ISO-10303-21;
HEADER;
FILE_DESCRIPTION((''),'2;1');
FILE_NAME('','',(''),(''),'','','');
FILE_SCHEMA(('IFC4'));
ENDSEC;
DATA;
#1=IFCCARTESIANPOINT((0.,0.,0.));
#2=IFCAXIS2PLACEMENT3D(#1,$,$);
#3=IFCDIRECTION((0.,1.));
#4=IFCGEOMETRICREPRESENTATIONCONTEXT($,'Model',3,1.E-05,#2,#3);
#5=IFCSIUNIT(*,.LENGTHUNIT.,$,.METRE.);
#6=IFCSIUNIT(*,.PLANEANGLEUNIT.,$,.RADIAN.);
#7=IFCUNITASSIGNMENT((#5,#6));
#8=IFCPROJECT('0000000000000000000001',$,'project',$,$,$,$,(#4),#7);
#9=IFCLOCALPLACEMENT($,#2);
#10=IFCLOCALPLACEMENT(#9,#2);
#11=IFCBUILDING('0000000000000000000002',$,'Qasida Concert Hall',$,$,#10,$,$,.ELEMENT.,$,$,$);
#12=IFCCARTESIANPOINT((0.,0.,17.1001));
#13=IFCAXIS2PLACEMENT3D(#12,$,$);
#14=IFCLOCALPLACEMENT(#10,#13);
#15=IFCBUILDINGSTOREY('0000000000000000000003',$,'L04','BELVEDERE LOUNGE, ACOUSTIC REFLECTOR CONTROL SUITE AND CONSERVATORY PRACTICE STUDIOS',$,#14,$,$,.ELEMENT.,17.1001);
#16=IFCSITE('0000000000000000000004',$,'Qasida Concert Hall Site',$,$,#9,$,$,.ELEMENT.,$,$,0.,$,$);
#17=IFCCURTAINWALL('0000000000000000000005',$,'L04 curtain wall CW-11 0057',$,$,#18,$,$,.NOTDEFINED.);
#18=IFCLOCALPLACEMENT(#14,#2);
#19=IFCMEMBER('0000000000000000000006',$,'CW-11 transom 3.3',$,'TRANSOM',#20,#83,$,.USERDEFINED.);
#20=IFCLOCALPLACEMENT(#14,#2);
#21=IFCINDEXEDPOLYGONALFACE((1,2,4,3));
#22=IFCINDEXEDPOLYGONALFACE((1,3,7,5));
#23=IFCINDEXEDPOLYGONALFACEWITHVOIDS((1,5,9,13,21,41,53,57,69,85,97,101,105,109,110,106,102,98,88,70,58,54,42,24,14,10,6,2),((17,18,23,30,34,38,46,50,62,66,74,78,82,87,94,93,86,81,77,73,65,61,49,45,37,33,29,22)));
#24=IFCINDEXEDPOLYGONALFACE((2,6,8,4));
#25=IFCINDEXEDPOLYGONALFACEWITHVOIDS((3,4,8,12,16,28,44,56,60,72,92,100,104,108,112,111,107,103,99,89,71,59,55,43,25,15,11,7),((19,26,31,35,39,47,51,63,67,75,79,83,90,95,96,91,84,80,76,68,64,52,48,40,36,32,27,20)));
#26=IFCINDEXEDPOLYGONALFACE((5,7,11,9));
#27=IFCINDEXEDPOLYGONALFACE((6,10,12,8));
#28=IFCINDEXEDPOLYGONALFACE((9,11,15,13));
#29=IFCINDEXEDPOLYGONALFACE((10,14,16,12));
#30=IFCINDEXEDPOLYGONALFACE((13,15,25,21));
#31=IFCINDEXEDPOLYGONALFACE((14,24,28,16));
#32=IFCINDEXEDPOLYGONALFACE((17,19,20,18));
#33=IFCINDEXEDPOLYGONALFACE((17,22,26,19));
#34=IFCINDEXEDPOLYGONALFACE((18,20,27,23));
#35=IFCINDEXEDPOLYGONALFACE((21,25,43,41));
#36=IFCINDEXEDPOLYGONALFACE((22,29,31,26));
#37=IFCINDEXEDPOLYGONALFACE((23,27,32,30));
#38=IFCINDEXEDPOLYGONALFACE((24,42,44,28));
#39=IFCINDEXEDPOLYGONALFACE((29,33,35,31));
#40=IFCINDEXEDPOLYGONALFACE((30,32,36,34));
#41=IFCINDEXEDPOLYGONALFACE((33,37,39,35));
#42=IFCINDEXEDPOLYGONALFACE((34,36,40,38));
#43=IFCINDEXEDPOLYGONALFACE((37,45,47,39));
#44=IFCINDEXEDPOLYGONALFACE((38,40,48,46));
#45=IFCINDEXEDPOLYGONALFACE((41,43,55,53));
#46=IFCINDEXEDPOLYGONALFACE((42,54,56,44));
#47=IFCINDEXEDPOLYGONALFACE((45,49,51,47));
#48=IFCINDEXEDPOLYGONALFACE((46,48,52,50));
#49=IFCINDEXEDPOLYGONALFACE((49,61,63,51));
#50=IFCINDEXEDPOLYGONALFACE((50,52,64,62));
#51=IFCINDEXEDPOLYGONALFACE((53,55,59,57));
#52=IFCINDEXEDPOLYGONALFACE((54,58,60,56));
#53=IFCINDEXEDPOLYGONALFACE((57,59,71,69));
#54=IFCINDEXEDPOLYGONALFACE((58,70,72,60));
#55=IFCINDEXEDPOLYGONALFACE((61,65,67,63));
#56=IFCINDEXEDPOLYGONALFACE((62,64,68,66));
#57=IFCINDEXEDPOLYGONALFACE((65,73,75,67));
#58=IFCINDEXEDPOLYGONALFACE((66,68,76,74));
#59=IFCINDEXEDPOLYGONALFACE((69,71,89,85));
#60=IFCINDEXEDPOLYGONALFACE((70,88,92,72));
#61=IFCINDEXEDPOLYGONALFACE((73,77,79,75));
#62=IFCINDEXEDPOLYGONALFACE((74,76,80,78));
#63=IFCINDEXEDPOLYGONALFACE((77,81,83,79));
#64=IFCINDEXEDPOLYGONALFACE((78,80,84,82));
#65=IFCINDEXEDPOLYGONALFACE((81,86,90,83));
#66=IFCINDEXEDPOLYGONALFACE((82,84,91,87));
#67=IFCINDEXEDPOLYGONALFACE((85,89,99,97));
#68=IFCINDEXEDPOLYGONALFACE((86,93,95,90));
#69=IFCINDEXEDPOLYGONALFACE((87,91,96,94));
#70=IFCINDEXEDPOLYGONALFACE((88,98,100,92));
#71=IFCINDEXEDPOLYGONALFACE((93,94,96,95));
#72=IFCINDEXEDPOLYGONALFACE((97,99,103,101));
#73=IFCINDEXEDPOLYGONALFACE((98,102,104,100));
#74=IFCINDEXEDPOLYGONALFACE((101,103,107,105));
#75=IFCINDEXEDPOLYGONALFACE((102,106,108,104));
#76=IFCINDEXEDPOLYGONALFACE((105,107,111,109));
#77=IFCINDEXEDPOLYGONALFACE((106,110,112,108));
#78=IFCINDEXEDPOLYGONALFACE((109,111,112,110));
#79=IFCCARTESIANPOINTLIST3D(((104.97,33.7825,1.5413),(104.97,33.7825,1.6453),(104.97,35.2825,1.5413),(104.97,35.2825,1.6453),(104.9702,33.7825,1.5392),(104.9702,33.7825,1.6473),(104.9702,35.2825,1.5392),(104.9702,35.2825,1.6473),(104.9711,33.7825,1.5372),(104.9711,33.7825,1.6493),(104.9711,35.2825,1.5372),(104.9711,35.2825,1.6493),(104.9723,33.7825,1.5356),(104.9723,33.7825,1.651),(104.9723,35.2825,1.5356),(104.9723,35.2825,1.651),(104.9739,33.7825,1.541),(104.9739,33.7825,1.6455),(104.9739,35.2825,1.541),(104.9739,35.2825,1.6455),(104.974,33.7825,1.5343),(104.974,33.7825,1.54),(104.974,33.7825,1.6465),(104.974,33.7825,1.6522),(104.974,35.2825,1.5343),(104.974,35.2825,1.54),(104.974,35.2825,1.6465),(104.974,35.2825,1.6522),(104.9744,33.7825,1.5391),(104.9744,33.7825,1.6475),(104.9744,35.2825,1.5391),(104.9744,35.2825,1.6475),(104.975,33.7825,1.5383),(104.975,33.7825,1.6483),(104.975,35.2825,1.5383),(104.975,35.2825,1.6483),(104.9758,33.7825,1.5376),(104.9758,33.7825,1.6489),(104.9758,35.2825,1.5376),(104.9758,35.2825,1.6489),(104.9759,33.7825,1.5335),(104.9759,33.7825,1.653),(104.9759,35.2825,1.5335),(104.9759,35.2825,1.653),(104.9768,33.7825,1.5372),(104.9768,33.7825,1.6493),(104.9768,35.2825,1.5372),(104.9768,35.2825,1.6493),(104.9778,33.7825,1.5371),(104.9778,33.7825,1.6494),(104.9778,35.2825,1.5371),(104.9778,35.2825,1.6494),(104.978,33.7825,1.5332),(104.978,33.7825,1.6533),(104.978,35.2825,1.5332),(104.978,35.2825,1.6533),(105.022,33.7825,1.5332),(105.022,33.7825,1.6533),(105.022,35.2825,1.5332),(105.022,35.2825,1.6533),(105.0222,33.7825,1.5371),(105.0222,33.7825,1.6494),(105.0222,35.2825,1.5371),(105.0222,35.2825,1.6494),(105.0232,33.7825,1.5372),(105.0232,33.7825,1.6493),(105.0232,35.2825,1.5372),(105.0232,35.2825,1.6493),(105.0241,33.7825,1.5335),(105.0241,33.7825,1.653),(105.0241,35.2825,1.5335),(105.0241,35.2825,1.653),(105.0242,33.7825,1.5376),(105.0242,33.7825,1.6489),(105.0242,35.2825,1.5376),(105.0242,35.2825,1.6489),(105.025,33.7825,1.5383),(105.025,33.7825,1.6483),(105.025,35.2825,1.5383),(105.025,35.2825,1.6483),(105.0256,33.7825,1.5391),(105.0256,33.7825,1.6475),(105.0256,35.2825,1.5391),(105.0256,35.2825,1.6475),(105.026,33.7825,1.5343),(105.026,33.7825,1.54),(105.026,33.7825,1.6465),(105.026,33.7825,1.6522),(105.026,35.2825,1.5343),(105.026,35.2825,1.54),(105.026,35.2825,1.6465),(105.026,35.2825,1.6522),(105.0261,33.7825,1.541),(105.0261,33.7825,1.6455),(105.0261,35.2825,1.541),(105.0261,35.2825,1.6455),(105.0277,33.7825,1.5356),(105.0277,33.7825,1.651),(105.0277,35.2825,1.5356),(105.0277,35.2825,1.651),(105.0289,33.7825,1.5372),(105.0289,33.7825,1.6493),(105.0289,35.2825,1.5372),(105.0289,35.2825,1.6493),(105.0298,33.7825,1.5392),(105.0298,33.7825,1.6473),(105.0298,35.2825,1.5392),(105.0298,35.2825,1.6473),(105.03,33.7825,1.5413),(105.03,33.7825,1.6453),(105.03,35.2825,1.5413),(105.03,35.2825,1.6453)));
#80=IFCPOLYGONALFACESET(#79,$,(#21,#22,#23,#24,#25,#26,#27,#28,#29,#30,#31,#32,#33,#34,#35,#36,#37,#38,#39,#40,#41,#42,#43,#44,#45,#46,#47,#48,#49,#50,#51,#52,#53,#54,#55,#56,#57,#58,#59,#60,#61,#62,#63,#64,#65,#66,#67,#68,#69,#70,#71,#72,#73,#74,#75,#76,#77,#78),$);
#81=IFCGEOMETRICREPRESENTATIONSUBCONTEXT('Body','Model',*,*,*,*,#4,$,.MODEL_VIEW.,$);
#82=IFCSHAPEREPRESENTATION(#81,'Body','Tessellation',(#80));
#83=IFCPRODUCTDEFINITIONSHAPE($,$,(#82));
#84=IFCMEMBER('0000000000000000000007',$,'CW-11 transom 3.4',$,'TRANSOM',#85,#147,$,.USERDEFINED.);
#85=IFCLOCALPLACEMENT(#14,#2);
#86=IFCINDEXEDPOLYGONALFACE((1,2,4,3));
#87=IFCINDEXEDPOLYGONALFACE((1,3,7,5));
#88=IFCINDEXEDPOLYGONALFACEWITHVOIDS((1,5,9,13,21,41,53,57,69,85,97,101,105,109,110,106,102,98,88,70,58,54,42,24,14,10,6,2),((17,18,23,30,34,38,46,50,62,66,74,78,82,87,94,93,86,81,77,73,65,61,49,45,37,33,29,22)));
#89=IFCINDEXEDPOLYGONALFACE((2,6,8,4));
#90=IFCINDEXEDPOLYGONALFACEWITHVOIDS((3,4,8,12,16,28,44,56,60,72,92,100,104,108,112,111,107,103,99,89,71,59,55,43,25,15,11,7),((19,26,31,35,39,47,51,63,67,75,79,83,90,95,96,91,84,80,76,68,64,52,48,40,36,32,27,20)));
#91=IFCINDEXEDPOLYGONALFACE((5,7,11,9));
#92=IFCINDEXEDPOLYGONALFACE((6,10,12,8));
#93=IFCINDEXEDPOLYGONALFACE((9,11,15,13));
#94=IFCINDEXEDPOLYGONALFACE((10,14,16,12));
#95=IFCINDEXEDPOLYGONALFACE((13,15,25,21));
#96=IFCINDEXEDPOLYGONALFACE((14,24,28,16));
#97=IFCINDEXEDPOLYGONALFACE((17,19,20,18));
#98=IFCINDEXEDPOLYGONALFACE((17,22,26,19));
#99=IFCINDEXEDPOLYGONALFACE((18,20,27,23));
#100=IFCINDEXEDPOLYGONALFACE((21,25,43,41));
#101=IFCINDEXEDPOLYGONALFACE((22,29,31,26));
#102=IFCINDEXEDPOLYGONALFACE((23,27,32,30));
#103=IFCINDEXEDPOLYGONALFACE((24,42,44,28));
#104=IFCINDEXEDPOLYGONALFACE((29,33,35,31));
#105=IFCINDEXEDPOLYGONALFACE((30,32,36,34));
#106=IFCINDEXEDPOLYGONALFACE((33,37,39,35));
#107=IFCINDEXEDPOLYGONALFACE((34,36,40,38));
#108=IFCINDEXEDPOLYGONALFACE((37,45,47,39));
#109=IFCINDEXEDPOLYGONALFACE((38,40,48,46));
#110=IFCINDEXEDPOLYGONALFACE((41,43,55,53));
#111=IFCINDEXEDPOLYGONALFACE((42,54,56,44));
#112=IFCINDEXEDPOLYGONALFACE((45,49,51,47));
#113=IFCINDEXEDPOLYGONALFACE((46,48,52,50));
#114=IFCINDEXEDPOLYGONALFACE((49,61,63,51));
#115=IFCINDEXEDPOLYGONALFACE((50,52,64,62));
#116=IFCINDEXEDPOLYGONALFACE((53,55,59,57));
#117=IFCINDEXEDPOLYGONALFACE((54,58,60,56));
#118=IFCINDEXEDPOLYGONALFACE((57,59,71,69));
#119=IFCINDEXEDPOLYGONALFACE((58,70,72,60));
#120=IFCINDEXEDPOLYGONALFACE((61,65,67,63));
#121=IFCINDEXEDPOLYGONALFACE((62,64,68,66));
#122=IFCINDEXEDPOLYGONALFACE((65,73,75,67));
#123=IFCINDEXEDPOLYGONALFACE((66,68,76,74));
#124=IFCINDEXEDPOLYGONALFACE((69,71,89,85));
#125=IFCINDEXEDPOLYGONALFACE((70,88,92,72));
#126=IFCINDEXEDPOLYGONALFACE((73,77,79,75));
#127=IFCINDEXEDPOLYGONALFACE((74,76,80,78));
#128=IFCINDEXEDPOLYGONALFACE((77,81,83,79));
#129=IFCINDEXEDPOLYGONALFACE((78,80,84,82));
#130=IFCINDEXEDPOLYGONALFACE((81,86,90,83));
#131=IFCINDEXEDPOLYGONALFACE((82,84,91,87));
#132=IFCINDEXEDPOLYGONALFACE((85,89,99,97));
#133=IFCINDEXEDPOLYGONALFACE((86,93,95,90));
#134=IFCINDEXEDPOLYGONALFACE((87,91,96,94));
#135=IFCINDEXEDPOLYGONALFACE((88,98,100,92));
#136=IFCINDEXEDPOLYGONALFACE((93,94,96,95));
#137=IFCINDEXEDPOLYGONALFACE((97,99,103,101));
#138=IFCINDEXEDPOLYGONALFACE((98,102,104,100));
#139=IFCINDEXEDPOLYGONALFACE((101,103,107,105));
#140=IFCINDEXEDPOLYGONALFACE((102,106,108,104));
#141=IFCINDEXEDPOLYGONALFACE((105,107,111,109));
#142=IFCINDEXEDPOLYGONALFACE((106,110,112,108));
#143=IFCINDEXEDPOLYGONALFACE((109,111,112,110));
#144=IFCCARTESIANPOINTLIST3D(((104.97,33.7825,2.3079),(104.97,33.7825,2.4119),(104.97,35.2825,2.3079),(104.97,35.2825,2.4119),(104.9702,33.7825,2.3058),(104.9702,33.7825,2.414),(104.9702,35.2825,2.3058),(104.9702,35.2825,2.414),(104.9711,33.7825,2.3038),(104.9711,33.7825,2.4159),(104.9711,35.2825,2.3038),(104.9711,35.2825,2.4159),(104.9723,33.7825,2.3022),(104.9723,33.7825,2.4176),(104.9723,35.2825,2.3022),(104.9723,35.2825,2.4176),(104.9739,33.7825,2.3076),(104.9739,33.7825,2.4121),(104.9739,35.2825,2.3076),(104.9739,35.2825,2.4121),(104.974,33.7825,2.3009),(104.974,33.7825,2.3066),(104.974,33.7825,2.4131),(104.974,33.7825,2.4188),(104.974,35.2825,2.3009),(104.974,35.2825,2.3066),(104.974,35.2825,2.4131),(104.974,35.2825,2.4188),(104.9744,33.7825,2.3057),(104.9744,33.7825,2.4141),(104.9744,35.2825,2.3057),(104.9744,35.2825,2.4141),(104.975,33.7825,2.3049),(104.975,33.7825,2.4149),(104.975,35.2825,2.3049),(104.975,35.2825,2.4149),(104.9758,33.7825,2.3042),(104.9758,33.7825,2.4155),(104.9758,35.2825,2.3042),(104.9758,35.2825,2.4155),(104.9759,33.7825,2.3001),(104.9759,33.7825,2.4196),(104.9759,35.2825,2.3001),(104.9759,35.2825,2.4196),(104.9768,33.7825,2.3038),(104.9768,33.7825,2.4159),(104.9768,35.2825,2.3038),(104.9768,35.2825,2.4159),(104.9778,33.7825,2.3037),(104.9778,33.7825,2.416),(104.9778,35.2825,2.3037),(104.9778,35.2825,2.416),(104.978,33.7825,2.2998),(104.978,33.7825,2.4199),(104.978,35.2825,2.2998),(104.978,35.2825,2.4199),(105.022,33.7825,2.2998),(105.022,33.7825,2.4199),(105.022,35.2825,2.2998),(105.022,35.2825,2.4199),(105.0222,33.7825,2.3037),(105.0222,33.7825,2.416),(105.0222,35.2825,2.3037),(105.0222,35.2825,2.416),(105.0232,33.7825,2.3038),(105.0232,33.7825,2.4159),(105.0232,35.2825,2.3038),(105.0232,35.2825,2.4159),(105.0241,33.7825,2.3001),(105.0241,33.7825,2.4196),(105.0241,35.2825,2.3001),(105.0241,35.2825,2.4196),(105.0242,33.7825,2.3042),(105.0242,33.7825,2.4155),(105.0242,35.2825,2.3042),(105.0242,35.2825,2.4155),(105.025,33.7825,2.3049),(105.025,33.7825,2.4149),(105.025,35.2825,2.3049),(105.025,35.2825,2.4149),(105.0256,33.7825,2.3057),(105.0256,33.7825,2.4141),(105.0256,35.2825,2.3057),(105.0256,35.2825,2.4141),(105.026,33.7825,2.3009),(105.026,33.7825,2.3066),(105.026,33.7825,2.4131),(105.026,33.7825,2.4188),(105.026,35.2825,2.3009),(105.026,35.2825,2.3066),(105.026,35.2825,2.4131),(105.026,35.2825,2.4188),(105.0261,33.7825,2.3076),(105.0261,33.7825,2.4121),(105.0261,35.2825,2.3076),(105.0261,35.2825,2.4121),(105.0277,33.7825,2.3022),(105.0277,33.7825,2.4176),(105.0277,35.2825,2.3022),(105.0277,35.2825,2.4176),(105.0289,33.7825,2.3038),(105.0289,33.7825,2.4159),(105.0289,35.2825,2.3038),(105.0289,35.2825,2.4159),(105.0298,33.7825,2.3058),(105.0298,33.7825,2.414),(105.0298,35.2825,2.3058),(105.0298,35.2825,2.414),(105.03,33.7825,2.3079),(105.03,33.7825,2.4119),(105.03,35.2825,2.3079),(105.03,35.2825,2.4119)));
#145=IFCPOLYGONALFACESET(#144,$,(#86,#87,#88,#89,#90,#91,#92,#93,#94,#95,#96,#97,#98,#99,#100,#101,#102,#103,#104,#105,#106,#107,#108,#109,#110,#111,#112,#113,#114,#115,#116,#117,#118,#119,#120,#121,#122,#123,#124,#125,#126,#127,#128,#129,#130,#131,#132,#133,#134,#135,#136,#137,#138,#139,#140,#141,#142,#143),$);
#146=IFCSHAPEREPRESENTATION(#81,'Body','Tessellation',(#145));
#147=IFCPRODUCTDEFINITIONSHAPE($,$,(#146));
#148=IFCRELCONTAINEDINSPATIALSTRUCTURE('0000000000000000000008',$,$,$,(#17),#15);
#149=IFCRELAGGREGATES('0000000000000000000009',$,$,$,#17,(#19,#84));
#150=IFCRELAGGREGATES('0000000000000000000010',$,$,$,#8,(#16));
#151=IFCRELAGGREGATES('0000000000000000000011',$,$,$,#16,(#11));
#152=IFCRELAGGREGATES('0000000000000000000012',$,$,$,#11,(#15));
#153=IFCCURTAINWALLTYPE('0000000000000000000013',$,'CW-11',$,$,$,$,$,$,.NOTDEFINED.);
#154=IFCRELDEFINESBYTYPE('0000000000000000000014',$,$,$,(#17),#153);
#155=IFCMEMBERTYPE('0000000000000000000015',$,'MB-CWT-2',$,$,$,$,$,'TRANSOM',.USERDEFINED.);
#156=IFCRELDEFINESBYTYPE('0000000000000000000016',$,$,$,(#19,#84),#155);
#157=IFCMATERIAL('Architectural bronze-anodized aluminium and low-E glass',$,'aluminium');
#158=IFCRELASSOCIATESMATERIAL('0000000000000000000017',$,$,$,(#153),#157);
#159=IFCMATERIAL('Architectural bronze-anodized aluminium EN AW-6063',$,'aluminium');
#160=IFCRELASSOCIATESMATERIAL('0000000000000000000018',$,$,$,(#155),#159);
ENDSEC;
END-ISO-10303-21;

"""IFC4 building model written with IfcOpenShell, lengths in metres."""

from ifc_helpers import new_model, si_unit, direction, frame, origin, origin_2d, place, context, subcontext, project, spatial, hollow_rectangle, extrude, material, material_profile, profile_set, type_object, element, aggregate, save


model = new_model("IFC4")

# Units and contexts
model_context = context("Model", 3, precision=1e-05, world=origin(), true_north=direction((0.0, 1.0)))
body_context = subcontext(model_context, "Body", "Model", "MODEL_VIEW")
ifc_project = project(units=[si_unit("LENGTHUNIT", "METRE"), si_unit("PLANEANGLEUNIT", "RADIAN")], contexts=[model_context])

# Site, building, storey
site_placement = place(None, origin())
site = spatial("IfcSite", under=ifc_project, at=site_placement, Name="Qasida Concert Hall Site", CompositionType="ELEMENT", RefElevation=0.0)
building_placement = place(site_placement, origin())
building = spatial("IfcBuilding", under=site, at=building_placement, Name="Qasida Concert Hall", CompositionType="ELEMENT")
storey_placement = place(building_placement, frame((0.0, 0.0, 17.1001)))
storey = spatial("IfcBuildingStorey", under=building, at=storey_placement, Name="L04", Description="BELVEDERE LOUNGE, ACOUSTIC REFLECTOR CONTROL SUITE AND CONSERVATORY PRACTICE STUDIOS", CompositionType="ELEMENT", Elevation=17.1001)

# Curtain wall, members
ifc_material_1 = material(Name="Architectural bronze-anodized aluminium and low-E glass", Category="aluminium")
curtain_wall_type = type_object("IfcCurtainWallType", Name="CW-11", PredefinedType="NOTDEFINED", material=ifc_material_1)
curtain_wall_placement = place(storey_placement, origin())
curtain_wall = element("IfcCurtainWall", 1, at=curtain_wall_placement, inside=storey, type_object=curtain_wall_type, Name="L04 curtain wall CW-11 0057", PredefinedType="NOTDEFINED")
ifc_material_2 = material(Name="Architectural bronze-anodized aluminium EN AW-6063", Category="aluminium")
ifc_material_profile_1 = material_profile(ifc_material_2, hollow_rectangle(XDim=0.0601, YDim=0.1201, WallThickness=0.0039, InnerFilletRadius=0.0039, OuterFilletRadius=0.0081, at=origin_2d()), Name="CWT 120x60x4")
ifc_profile_set_1 = profile_set([ifc_material_profile_1], Name="Architectural bronze-anodized aluminium EN AW-6063")
member_type_1 = type_object("IfcMemberType", Name="MB-CWT-2", ElementType="TRANSOM", PredefinedType="USERDEFINED", material=ifc_profile_set_1)
member_1_placement = place(storey_placement, frame((105.0, 33.7825, 1.5933), z_axis=(0.0, 1.0, 0.0), x_axis=(-1.0, 0.0, 0.0)))
member_1 = element("IfcMember", 2, at=member_1_placement, type_object=member_type_1, Name="CW-11 transom 3.3", ObjectType="TRANSOM", PredefinedType="USERDEFINED", context=body_context, shape_type="SweptSolid", body=[
    extrude(hollow_rectangle(XDim=0.0601, YDim=0.1201, WallThickness=0.0039, InnerFilletRadius=0.0039, OuterFilletRadius=0.0081, at=origin_2d()), origin(), (0.0, 0.0, 1.0), 1.5),
])
member_2_placement = place(storey_placement, frame((105.0, 33.7825, 2.3599), z_axis=(0.0, 1.0, 0.0), x_axis=(-1.0, 0.0, 0.0)))
member_2 = element("IfcMember", 3, at=member_2_placement, type_object=member_type_1, Name="CW-11 transom 3.4", ObjectType="TRANSOM", PredefinedType="USERDEFINED", context=body_context, shape_type="SweptSolid", body=[
    extrude(hollow_rectangle(XDim=0.0601, YDim=0.1201, WallThickness=0.0039, InnerFilletRadius=0.0039, OuterFilletRadius=0.0081, at=origin_2d()), origin(), (0.0, 0.0, 1.0), 1.5),
])
aggregate(curtain_wall, [member_1, member_2])

save(model, "model.ifc")
